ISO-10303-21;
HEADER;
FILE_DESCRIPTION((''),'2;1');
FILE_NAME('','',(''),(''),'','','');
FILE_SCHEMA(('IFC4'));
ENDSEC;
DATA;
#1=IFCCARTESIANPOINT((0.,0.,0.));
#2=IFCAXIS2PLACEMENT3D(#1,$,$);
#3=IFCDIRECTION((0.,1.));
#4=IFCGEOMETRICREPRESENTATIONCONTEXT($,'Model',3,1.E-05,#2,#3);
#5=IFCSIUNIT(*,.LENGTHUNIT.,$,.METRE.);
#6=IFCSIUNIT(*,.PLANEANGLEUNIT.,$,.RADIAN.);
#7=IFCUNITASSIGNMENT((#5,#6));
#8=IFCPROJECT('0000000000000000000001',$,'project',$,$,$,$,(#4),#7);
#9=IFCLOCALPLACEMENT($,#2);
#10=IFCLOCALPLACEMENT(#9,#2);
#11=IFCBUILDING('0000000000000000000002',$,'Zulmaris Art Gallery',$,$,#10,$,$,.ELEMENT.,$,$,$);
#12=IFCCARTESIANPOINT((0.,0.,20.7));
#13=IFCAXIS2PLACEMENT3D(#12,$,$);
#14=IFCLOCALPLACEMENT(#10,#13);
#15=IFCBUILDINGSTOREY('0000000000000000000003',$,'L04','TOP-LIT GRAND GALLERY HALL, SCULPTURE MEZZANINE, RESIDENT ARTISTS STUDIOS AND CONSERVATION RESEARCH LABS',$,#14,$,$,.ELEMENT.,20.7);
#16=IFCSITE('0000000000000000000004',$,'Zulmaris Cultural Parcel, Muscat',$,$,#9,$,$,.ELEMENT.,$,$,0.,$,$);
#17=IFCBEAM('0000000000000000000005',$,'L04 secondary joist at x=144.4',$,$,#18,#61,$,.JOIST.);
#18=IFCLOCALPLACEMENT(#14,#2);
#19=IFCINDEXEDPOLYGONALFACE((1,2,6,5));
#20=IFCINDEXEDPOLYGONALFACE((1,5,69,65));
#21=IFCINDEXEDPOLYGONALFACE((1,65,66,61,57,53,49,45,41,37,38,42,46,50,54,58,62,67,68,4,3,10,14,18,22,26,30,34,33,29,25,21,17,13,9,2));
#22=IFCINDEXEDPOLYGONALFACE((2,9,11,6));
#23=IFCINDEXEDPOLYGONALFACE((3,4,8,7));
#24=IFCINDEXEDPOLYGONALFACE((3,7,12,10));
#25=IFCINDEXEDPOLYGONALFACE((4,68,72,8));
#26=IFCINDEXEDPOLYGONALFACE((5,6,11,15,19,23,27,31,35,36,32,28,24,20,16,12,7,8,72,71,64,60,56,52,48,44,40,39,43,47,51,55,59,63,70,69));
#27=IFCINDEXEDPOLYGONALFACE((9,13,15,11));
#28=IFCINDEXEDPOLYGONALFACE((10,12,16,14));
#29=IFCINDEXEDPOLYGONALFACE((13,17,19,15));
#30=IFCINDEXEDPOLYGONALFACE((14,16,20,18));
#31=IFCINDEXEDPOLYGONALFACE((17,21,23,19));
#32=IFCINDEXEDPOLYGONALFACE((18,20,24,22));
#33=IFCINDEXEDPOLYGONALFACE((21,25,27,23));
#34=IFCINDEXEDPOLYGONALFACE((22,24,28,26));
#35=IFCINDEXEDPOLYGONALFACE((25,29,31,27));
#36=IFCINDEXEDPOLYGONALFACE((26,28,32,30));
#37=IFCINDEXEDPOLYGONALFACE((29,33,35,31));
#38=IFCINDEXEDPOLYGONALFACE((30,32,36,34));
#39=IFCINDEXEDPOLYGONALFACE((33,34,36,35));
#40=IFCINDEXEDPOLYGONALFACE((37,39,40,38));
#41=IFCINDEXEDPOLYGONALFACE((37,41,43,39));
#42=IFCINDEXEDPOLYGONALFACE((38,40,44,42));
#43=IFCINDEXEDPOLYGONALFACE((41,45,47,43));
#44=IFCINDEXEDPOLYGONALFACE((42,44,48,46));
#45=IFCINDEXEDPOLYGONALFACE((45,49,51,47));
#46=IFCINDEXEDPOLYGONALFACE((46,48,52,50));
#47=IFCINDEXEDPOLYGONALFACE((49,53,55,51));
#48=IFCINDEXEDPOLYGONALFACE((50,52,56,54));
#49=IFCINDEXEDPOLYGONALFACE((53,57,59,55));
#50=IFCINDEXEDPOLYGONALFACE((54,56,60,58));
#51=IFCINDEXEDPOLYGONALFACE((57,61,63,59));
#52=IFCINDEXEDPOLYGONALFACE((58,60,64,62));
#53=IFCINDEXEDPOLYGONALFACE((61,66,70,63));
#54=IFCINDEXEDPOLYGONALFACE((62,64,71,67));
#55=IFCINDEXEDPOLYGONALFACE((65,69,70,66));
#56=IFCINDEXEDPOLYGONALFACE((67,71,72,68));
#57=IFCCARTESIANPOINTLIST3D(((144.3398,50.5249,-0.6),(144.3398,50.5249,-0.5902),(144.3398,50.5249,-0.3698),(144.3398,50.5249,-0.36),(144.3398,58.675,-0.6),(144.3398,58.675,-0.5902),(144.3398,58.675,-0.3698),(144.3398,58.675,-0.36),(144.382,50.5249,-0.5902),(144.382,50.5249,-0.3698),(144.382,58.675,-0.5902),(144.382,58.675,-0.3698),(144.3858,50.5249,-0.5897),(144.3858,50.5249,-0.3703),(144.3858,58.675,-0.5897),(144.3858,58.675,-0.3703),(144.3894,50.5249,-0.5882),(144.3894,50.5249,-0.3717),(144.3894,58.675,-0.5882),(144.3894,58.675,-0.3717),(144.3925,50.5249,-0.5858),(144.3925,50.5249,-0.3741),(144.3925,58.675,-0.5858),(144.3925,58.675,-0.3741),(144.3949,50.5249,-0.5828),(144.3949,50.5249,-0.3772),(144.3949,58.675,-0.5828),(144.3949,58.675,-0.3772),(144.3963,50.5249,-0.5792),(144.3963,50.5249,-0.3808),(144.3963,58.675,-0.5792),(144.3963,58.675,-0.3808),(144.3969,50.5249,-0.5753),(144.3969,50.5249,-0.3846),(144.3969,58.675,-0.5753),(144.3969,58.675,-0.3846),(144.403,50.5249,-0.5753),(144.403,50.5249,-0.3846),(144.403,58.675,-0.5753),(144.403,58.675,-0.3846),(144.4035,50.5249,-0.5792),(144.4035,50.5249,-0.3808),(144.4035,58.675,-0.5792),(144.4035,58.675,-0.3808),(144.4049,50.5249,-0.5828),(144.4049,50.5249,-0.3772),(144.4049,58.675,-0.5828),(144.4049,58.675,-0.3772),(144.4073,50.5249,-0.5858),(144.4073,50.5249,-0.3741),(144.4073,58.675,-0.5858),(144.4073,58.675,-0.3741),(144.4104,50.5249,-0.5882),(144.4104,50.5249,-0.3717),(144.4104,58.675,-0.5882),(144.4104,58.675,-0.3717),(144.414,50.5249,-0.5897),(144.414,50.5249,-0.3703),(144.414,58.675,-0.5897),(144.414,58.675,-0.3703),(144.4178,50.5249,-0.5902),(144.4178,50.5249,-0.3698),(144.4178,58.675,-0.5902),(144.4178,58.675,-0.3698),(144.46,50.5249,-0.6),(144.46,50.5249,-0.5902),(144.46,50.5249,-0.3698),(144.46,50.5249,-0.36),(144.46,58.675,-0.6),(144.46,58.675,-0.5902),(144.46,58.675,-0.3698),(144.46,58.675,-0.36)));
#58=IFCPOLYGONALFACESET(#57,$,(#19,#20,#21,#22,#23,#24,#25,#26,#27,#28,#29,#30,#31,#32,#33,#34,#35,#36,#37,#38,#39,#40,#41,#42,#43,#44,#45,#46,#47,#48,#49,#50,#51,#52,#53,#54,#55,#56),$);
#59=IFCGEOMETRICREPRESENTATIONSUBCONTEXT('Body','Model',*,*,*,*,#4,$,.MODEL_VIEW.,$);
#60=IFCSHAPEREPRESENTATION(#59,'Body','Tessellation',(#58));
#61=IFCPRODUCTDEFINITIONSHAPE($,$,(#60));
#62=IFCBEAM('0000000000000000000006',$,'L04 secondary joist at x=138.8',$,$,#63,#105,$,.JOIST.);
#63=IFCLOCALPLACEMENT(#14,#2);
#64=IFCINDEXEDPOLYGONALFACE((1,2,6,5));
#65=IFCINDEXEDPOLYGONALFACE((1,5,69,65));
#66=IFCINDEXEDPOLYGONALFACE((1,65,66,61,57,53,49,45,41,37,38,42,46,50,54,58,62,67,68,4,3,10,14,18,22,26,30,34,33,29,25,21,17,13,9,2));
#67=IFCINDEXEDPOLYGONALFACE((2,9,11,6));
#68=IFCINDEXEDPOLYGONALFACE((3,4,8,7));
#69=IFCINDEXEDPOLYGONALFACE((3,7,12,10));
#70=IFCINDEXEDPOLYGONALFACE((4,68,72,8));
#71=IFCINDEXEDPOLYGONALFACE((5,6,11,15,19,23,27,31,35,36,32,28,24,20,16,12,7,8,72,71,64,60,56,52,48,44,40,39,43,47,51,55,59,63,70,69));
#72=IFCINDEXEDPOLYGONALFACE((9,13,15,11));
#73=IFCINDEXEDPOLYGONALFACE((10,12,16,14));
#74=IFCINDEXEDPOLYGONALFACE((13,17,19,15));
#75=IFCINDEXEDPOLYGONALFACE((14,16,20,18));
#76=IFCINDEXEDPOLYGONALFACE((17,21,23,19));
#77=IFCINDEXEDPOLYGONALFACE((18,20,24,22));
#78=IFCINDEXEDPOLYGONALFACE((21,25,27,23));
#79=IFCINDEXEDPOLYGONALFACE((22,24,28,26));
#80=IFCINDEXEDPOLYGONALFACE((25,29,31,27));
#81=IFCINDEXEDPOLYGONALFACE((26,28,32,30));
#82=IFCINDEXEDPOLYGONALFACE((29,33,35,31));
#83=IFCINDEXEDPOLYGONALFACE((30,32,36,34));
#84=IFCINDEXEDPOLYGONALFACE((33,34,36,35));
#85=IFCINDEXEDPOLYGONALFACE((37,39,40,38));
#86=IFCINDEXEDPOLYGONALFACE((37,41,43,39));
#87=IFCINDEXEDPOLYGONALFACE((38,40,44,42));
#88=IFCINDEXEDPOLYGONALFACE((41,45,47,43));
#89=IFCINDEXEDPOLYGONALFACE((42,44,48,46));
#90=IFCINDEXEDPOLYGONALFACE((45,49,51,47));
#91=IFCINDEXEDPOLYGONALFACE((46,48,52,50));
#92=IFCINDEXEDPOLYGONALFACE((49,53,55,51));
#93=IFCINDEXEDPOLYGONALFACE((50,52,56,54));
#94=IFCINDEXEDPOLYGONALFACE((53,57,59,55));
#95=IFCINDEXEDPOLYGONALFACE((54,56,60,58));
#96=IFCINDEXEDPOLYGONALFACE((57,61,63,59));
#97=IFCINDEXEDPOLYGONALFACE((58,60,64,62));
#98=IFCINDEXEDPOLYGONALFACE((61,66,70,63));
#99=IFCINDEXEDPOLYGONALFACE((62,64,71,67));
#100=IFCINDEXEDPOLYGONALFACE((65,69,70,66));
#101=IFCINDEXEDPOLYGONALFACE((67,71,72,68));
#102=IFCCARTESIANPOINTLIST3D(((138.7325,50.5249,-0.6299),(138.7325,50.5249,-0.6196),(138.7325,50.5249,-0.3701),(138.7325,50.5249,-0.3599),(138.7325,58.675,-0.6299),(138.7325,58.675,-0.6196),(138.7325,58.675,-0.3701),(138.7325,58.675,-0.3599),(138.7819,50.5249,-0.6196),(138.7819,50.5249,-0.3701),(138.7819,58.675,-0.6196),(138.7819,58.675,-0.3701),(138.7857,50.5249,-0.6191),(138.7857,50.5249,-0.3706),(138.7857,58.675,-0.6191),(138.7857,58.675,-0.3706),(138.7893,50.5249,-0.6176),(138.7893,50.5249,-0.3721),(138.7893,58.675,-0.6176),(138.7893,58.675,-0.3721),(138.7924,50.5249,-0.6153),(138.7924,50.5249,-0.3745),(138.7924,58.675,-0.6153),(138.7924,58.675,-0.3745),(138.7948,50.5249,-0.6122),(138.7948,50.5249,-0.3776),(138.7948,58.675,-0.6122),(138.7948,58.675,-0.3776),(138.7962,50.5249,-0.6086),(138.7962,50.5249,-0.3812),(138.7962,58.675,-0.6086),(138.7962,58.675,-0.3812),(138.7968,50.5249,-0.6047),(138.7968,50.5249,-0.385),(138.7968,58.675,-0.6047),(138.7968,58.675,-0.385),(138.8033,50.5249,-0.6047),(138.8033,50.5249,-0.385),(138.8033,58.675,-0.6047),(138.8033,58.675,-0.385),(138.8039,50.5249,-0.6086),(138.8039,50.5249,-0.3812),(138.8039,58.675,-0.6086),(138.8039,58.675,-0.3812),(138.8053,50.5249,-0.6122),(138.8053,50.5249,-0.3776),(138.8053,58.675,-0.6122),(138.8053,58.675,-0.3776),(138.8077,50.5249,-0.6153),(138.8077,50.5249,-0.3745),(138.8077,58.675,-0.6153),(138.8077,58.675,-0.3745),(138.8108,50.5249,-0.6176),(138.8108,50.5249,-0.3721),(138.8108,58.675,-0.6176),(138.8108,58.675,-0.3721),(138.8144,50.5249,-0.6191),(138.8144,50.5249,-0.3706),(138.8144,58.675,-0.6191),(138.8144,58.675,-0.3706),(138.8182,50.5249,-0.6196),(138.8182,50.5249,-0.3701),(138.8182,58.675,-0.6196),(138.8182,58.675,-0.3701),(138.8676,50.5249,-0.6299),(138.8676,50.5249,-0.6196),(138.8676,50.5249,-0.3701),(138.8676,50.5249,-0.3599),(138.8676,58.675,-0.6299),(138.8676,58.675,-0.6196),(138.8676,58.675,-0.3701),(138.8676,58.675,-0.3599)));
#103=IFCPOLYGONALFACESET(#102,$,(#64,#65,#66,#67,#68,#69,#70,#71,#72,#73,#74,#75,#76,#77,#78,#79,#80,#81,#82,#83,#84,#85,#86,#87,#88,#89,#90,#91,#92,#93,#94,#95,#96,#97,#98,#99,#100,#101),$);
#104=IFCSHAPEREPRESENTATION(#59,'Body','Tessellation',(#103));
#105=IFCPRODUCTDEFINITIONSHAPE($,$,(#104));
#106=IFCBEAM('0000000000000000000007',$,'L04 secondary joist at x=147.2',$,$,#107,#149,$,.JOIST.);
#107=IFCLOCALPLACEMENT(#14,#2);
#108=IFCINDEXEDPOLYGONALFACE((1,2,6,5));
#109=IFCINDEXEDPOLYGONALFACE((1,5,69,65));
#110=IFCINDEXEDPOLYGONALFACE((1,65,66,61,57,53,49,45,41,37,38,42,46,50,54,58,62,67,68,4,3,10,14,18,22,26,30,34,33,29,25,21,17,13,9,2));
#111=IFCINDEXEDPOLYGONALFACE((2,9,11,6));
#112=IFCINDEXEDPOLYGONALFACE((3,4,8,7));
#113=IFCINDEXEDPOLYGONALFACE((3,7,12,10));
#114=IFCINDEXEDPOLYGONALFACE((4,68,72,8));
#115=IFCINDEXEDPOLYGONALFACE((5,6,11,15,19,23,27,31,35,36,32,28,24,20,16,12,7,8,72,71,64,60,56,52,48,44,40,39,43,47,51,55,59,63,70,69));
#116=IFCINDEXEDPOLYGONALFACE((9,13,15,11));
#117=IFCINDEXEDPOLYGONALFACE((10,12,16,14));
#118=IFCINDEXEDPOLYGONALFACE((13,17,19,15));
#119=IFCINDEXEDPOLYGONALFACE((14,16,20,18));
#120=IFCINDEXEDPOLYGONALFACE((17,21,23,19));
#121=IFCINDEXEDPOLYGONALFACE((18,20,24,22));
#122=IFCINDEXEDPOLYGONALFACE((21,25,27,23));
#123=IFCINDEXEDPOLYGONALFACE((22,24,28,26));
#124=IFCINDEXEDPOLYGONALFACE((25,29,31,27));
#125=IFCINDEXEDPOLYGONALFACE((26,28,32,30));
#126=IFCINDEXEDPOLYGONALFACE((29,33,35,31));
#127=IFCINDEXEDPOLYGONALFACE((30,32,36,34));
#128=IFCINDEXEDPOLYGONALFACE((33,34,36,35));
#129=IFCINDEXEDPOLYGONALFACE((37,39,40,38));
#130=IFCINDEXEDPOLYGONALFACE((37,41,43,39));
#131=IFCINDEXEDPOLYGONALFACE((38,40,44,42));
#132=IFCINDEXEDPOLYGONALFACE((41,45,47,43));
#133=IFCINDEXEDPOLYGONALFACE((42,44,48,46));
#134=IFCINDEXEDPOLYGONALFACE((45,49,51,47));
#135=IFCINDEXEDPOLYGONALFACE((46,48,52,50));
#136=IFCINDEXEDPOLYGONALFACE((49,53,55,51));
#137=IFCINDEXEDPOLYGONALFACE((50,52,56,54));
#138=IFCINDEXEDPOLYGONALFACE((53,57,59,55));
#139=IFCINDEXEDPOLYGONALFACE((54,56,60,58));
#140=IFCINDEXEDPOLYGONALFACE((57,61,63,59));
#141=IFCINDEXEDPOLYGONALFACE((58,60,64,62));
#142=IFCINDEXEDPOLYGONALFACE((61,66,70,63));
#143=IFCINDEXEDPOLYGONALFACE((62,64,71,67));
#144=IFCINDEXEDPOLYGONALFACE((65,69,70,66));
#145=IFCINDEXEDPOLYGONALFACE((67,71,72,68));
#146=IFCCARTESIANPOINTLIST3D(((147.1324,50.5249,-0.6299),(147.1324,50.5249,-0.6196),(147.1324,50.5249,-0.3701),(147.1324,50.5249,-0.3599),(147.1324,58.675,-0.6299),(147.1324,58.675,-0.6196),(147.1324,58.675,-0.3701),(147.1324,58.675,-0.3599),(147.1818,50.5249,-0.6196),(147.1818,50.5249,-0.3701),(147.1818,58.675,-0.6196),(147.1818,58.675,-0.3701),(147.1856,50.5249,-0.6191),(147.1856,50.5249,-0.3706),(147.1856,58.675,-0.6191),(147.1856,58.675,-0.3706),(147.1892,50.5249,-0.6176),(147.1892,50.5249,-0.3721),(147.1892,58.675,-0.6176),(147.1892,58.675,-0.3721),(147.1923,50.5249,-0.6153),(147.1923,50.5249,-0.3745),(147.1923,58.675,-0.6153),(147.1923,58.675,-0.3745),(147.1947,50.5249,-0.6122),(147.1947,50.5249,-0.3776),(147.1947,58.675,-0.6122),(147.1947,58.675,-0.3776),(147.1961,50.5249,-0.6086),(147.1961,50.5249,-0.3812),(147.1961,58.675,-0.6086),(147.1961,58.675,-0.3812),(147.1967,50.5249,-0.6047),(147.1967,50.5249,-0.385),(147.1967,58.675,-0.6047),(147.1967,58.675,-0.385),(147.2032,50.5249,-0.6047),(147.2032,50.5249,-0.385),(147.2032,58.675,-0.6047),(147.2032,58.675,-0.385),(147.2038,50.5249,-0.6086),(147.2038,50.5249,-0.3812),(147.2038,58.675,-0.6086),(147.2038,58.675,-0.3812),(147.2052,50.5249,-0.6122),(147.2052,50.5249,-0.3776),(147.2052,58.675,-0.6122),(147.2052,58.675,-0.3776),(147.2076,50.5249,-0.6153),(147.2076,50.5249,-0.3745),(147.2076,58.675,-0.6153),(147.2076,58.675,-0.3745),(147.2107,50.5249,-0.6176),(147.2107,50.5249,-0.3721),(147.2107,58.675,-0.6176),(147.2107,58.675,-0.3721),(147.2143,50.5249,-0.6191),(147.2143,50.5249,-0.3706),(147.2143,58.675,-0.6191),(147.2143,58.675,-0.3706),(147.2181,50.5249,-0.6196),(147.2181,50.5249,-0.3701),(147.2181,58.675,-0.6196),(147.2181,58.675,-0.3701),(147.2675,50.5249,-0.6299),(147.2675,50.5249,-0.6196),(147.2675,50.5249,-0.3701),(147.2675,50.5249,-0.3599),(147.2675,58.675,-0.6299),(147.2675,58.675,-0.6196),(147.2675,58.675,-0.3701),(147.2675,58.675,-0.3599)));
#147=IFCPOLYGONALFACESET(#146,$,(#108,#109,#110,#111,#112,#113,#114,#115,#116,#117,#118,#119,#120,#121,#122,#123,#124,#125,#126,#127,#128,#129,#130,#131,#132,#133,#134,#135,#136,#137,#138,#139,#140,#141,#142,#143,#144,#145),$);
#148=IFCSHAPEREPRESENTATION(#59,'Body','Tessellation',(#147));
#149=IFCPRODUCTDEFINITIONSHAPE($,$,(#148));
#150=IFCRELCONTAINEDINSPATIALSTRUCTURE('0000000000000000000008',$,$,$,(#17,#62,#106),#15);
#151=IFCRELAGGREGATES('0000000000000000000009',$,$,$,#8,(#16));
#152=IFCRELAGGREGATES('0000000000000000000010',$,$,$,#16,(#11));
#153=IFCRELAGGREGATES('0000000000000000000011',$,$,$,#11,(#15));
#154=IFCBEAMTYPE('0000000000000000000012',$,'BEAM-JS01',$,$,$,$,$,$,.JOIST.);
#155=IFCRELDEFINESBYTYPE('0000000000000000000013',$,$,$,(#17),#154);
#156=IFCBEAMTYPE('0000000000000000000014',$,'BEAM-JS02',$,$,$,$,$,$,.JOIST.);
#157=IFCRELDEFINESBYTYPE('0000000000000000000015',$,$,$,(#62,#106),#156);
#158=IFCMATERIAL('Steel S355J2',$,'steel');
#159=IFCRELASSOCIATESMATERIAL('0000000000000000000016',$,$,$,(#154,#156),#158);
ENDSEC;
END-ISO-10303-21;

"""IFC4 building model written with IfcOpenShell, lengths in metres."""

from ifc_helpers import new_model, si_unit, direction, frame, origin, origin_2d, place, context, subcontext, project, spatial, i_section, extrude, material, material_profile, profile_set, type_object, element, save


model = new_model("IFC4")

# Units and contexts
model_context = context("Model", 3, precision=1e-05, world=origin(), true_north=direction((0.0, 1.0)))
body_context = subcontext(model_context, "Body", "Model", "MODEL_VIEW")
ifc_project = project(units=[si_unit("LENGTHUNIT", "METRE"), si_unit("PLANEANGLEUNIT", "RADIAN")], contexts=[model_context])

# Site, building, storey
site_placement = place(None, origin())
site = spatial("IfcSite", under=ifc_project, at=site_placement, Name="Zulmaris Cultural Parcel, Muscat", CompositionType="ELEMENT", RefElevation=0.0)
building_placement = place(site_placement, origin())
building = spatial("IfcBuilding", under=site, at=building_placement, Name="Zulmaris Art Gallery", CompositionType="ELEMENT")
storey_placement = place(building_placement, frame((0.0, 0.0, 20.7)))
storey = spatial("IfcBuildingStorey", under=building, at=storey_placement, Name="L04", Description="TOP-LIT GRAND GALLERY HALL, SCULPTURE MEZZANINE, RESIDENT ARTISTS STUDIOS AND CONSERVATION RESEARCH LABS", CompositionType="ELEMENT", Elevation=20.7)

# Beams
ifc_material_1 = material(Name="Steel S355J2", Category="steel")
ifc_material_profile_1 = material_profile(ifc_material_1, i_section(OverallWidth=0.1201, OverallDepth=0.24, WebThickness=0.0061, FlangeThickness=0.0098, FilletRadius=0.0149, at=origin_2d()), Name="IPE 240")
ifc_profile_set_1 = profile_set([ifc_material_profile_1], Name="Steel S355J2")
beam_type_1 = type_object("IfcBeamType", Name="BEAM-JS01", PredefinedType="JOIST", material=ifc_profile_set_1)
beam_1_placement = place(storey_placement, frame((144.3999, 50.5249, -0.48), z_axis=(0.0, 1.0, 0.0), x_axis=(-1.0, 0.0, 0.0)))
element("IfcBeam", 1, at=beam_1_placement, inside=storey, type_object=beam_type_1, Name="L04 secondary joist at x=144.4", PredefinedType="JOIST", context=body_context, shape_type="SweptSolid", body=[
    extrude(i_section(OverallWidth=0.1201, OverallDepth=0.24, WebThickness=0.0061, FlangeThickness=0.0098, FilletRadius=0.0149, at=origin_2d()), origin(), (0.0, 0.0, 1.0), 8.1501),
])
ifc_material_profile_2 = material_profile(ifc_material_1, i_section(OverallWidth=0.135, OverallDepth=0.27, WebThickness=0.0066, FlangeThickness=0.0103, FilletRadius=0.0149, at=origin_2d()), Name="IPE 270")
ifc_profile_set_2 = profile_set([ifc_material_profile_2], Name="Steel S355J2")
beam_type_2 = type_object("IfcBeamType", Name="BEAM-JS02", PredefinedType="JOIST", material=ifc_profile_set_2)
for number, where, z_axis, x_axis, name in (
    (2, (138.8, 50.5249, -0.4949), (0.0, 1.0, 0.0), (-1.0, 0.0, 0.0), "L04 secondary joist at x=138.8"),
    (3, (147.2, 50.5249, -0.4949), (0.0, 1.0, 0.0), (-1.0, 0.0, 0.0), "L04 secondary joist at x=147.2"),
):
    element("IfcBeam", number, at=place(storey_placement, frame(where, z_axis=z_axis, x_axis=x_axis)), inside=storey, type_object=beam_type_2, Name=name, PredefinedType="JOIST", context=body_context, shape_type="SweptSolid", body=[
        extrude(i_section(OverallWidth=0.135, OverallDepth=0.27, WebThickness=0.0066, FlangeThickness=0.0103, FilletRadius=0.0149, at=origin_2d()), origin(), (0.0, 0.0, 1.0), 8.1501),
    ])

save(model, "model.ifc")
